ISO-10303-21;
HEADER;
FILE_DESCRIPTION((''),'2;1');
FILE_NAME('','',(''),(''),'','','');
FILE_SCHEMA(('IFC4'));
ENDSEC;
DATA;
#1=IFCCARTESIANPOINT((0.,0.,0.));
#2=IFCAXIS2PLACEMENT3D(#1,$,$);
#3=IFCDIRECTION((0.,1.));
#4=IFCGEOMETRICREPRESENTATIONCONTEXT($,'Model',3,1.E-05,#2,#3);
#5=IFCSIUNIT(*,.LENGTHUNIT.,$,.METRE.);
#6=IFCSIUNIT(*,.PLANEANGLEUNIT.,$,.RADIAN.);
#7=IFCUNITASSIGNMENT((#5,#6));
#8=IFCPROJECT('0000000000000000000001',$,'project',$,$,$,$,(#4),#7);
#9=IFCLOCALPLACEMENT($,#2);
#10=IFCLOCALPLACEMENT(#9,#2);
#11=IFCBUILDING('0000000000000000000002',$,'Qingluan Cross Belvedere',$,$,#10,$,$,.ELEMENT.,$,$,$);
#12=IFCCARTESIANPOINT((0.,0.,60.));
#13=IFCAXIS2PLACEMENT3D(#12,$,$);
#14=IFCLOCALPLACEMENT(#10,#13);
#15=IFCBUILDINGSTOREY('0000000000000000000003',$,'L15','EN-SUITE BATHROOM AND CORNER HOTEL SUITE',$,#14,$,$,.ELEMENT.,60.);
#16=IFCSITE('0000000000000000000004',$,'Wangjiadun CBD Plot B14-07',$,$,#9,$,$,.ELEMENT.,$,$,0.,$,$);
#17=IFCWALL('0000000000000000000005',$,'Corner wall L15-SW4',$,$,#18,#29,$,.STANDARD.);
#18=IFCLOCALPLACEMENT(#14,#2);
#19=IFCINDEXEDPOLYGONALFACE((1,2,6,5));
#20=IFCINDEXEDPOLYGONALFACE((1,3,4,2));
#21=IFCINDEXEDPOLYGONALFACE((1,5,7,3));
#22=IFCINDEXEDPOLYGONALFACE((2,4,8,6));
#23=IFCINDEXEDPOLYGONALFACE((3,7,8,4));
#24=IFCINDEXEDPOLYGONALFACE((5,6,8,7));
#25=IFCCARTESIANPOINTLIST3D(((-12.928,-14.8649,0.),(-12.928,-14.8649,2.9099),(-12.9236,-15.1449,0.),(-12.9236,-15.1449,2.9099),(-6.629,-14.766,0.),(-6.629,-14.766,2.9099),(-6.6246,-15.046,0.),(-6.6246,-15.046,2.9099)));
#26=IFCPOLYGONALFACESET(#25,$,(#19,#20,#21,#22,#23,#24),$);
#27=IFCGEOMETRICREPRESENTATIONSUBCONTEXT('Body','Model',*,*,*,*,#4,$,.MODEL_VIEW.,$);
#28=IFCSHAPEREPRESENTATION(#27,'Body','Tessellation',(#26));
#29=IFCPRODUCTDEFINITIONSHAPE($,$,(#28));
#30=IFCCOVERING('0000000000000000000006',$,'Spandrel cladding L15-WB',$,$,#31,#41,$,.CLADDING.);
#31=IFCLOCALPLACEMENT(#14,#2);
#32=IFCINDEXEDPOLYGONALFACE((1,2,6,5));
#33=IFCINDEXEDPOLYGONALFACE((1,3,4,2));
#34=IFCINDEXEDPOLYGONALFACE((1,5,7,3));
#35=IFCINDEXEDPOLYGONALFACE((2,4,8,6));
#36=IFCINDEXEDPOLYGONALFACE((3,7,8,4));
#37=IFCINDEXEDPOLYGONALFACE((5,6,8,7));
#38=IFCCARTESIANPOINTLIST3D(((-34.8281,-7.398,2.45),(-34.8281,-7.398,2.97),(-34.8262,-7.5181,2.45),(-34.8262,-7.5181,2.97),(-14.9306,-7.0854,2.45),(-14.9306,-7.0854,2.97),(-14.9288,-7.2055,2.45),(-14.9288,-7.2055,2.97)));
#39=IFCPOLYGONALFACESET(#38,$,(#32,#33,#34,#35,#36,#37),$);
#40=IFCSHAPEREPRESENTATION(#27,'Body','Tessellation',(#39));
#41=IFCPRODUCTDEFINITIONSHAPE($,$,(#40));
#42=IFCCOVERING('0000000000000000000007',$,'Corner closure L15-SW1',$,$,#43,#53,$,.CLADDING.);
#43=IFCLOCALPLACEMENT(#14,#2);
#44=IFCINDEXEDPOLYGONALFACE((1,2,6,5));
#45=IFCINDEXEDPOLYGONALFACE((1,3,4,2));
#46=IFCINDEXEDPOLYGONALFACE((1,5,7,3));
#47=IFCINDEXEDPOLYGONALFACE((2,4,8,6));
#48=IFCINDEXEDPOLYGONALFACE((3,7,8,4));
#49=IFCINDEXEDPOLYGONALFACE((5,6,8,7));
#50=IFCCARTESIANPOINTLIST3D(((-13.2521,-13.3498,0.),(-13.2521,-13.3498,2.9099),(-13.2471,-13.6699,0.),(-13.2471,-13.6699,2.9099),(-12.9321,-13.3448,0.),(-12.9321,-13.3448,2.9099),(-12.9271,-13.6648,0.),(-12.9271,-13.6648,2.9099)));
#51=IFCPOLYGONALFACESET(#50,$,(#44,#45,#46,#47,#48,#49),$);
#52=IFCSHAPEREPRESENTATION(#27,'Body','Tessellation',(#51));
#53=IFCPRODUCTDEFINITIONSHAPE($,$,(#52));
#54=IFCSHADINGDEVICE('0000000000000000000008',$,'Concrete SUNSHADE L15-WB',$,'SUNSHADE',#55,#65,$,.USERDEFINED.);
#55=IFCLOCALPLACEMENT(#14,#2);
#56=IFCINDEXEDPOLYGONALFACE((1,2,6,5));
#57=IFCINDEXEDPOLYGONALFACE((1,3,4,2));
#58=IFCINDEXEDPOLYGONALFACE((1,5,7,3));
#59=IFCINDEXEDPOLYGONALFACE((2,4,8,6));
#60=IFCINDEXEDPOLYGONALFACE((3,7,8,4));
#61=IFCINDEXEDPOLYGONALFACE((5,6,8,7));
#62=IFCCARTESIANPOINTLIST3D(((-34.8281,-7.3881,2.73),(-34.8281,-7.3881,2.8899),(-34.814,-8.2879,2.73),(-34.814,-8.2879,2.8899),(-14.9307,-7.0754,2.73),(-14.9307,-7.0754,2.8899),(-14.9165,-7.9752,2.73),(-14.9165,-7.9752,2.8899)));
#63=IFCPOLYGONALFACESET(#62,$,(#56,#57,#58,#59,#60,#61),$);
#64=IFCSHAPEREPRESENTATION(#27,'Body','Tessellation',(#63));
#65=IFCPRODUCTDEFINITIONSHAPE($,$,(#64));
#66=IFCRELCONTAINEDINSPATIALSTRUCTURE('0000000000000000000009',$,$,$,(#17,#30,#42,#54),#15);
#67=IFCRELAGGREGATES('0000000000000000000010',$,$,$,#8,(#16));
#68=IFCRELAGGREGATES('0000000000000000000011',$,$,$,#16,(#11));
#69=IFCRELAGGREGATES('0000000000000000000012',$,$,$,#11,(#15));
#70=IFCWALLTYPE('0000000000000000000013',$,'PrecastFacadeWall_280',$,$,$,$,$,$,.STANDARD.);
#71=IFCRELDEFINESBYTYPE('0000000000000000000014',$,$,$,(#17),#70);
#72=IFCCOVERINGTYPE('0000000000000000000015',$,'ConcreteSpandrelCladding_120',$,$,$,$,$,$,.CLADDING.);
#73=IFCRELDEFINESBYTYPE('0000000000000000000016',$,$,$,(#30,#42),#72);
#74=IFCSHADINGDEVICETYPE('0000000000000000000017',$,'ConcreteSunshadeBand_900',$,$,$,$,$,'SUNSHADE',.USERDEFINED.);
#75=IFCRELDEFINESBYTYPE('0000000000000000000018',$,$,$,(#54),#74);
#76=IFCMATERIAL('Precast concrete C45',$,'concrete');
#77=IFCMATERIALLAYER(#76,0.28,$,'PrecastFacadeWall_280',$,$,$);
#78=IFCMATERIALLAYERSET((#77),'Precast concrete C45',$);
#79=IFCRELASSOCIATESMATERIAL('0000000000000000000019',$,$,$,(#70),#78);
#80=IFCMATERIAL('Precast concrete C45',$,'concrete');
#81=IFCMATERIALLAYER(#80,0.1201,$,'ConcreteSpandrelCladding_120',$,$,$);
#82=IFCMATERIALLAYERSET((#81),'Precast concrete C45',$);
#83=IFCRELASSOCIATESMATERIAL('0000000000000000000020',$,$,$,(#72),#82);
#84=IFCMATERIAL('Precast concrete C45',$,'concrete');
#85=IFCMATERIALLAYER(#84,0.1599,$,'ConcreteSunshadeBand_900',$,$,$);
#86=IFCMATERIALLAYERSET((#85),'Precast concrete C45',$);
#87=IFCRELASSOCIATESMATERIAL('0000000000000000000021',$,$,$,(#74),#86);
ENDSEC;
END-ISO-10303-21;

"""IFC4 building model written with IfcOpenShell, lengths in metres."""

from ifc_helpers import new_model, si_unit, direction, frame, frame_2d, origin, origin_2d, place, context, subcontext, project, spatial, rectangle, extrude, material, layer, layer_set, type_object, element, save


model = new_model("IFC4")

# Units and contexts
model_context = context("Model", 3, precision=1e-05, world=origin(), true_north=direction((0.0, 1.0)))
body_context = subcontext(model_context, "Body", "Model", "MODEL_VIEW")
ifc_project = project(units=[si_unit("LENGTHUNIT", "METRE"), si_unit("PLANEANGLEUNIT", "RADIAN")], contexts=[model_context])

# Site, building, storey
site_placement = place(None, origin())
site = spatial("IfcSite", under=ifc_project, at=site_placement, Name="Wangjiadun CBD Plot B14-07", CompositionType="ELEMENT", RefElevation=0.0)
building_placement = place(site_placement, origin())
building = spatial("IfcBuilding", under=site, at=building_placement, Name="Qingluan Cross Belvedere", CompositionType="ELEMENT")
storey_placement = place(building_placement, frame((0.0, 0.0, 60.0)))
storey = spatial("IfcBuildingStorey", under=building, at=storey_placement, Name="L15", Description="EN-SUITE BATHROOM AND CORNER HOTEL SUITE", CompositionType="ELEMENT", Elevation=60.0)

# Shared definitions
ifc_material_1 = material(Name="Precast concrete C45", Category="concrete")
ifc_layer_1 = layer(ifc_material_1, 0.28, Name="PrecastFacadeWall_280")
ifc_layer_set_1 = layer_set([ifc_layer_1], Name="Precast concrete C45")
wall_type_1 = type_object("IfcWallType", Name="PrecastFacadeWall_280", PredefinedType="STANDARD", material=ifc_layer_set_1)

# Wall
wall_1_placement = place(storey_placement, frame((-12.9258, -15.0049, 0.0), z_axis=(0.0, 0.0, 1.0), x_axis=(0.999877, 0.015695, 0.0)))
element("IfcWall", 1, at=wall_1_placement, inside=storey, type_object=wall_type_1, Name="Corner wall L15-SW4", PredefinedType="STANDARD", context=body_context, shape_type="SweptSolid", body=[
    extrude(rectangle(XDim=6.2998, YDim=0.28, at=frame_2d((3.1499, 0.0))), origin(), (0.0, 0.0, 1.0), 2.9099),
])

# Coverings
ifc_material_2 = material(Name="Precast concrete C45", Category="concrete")
ifc_layer_2 = layer(ifc_material_2, 0.1201, Name="ConcreteSpandrelCladding_120")
ifc_layer_set_2 = layer_set([ifc_layer_2], Name="Precast concrete C45")
covering_type_1 = type_object("IfcCoveringType", Name="ConcreteSpandrelCladding_120", PredefinedType="CLADDING", material=ifc_layer_set_2)
covering_1_placement = place(storey_placement, frame((-24.8784, -7.3018, 2.45), z_axis=(0.0, 0.0, 1.0), x_axis=(0.999877, 0.015711, 0.0)))
element("IfcCovering", 2, at=covering_1_placement, inside=storey, type_object=covering_type_1, Name="Spandrel cladding L15-WB", PredefinedType="CLADDING", context=body_context, shape_type="SweptSolid", body=[
    extrude(rectangle(XDim=19.8999, YDim=0.1201, at=origin_2d()), origin(), (0.0, 0.0, 1.0), 0.52),
])
covering_2_placement = place(storey_placement, frame((-13.0896, -13.5073, 0.0), z_axis=(0.0, 0.0, 1.0), x_axis=(0.999877, 0.015707, 0.0)))
element("IfcCovering", 3, at=covering_2_placement, inside=storey, type_object=covering_type_1, Name="Corner closure L15-SW1", PredefinedType="CLADDING", context=body_context, shape_type="SweptSolid", body=[
    extrude(rectangle(XDim=0.3201, YDim=0.3201, at=origin_2d()), origin(), (0.0, 0.0, 1.0), 2.9099),
])

# Shading device
ifc_material_3 = material(Name="Precast concrete C45", Category="concrete")
ifc_layer_3 = layer(ifc_material_3, 0.1599, Name="ConcreteSunshadeBand_900")
ifc_layer_set_3 = layer_set([ifc_layer_3], Name="Precast concrete C45")
shading_device_type = type_object("IfcShadingDeviceType", Name="ConcreteSunshadeBand_900", ElementType="SUNSHADE", PredefinedType="USERDEFINED", material=ifc_layer_set_3)
shading_device_placement = place(storey_placement, frame((-24.8723, -7.6816, 2.73), z_axis=(0.0, 0.0, 1.0), x_axis=(0.999877, 0.015711, 0.0)))
element("IfcShadingDevice", 4, at=shading_device_placement, inside=storey, type_object=shading_device_type, Name="Concrete SUNSHADE L15-WB", ObjectType="SUNSHADE", PredefinedType="USERDEFINED", context=body_context, shape_type="SweptSolid", body=[
    extrude(rectangle(XDim=19.8999, YDim=0.8999, at=origin_2d()), origin(), (0.0, 0.0, 1.0), 0.1599),
])

save(model, "model.ifc")
